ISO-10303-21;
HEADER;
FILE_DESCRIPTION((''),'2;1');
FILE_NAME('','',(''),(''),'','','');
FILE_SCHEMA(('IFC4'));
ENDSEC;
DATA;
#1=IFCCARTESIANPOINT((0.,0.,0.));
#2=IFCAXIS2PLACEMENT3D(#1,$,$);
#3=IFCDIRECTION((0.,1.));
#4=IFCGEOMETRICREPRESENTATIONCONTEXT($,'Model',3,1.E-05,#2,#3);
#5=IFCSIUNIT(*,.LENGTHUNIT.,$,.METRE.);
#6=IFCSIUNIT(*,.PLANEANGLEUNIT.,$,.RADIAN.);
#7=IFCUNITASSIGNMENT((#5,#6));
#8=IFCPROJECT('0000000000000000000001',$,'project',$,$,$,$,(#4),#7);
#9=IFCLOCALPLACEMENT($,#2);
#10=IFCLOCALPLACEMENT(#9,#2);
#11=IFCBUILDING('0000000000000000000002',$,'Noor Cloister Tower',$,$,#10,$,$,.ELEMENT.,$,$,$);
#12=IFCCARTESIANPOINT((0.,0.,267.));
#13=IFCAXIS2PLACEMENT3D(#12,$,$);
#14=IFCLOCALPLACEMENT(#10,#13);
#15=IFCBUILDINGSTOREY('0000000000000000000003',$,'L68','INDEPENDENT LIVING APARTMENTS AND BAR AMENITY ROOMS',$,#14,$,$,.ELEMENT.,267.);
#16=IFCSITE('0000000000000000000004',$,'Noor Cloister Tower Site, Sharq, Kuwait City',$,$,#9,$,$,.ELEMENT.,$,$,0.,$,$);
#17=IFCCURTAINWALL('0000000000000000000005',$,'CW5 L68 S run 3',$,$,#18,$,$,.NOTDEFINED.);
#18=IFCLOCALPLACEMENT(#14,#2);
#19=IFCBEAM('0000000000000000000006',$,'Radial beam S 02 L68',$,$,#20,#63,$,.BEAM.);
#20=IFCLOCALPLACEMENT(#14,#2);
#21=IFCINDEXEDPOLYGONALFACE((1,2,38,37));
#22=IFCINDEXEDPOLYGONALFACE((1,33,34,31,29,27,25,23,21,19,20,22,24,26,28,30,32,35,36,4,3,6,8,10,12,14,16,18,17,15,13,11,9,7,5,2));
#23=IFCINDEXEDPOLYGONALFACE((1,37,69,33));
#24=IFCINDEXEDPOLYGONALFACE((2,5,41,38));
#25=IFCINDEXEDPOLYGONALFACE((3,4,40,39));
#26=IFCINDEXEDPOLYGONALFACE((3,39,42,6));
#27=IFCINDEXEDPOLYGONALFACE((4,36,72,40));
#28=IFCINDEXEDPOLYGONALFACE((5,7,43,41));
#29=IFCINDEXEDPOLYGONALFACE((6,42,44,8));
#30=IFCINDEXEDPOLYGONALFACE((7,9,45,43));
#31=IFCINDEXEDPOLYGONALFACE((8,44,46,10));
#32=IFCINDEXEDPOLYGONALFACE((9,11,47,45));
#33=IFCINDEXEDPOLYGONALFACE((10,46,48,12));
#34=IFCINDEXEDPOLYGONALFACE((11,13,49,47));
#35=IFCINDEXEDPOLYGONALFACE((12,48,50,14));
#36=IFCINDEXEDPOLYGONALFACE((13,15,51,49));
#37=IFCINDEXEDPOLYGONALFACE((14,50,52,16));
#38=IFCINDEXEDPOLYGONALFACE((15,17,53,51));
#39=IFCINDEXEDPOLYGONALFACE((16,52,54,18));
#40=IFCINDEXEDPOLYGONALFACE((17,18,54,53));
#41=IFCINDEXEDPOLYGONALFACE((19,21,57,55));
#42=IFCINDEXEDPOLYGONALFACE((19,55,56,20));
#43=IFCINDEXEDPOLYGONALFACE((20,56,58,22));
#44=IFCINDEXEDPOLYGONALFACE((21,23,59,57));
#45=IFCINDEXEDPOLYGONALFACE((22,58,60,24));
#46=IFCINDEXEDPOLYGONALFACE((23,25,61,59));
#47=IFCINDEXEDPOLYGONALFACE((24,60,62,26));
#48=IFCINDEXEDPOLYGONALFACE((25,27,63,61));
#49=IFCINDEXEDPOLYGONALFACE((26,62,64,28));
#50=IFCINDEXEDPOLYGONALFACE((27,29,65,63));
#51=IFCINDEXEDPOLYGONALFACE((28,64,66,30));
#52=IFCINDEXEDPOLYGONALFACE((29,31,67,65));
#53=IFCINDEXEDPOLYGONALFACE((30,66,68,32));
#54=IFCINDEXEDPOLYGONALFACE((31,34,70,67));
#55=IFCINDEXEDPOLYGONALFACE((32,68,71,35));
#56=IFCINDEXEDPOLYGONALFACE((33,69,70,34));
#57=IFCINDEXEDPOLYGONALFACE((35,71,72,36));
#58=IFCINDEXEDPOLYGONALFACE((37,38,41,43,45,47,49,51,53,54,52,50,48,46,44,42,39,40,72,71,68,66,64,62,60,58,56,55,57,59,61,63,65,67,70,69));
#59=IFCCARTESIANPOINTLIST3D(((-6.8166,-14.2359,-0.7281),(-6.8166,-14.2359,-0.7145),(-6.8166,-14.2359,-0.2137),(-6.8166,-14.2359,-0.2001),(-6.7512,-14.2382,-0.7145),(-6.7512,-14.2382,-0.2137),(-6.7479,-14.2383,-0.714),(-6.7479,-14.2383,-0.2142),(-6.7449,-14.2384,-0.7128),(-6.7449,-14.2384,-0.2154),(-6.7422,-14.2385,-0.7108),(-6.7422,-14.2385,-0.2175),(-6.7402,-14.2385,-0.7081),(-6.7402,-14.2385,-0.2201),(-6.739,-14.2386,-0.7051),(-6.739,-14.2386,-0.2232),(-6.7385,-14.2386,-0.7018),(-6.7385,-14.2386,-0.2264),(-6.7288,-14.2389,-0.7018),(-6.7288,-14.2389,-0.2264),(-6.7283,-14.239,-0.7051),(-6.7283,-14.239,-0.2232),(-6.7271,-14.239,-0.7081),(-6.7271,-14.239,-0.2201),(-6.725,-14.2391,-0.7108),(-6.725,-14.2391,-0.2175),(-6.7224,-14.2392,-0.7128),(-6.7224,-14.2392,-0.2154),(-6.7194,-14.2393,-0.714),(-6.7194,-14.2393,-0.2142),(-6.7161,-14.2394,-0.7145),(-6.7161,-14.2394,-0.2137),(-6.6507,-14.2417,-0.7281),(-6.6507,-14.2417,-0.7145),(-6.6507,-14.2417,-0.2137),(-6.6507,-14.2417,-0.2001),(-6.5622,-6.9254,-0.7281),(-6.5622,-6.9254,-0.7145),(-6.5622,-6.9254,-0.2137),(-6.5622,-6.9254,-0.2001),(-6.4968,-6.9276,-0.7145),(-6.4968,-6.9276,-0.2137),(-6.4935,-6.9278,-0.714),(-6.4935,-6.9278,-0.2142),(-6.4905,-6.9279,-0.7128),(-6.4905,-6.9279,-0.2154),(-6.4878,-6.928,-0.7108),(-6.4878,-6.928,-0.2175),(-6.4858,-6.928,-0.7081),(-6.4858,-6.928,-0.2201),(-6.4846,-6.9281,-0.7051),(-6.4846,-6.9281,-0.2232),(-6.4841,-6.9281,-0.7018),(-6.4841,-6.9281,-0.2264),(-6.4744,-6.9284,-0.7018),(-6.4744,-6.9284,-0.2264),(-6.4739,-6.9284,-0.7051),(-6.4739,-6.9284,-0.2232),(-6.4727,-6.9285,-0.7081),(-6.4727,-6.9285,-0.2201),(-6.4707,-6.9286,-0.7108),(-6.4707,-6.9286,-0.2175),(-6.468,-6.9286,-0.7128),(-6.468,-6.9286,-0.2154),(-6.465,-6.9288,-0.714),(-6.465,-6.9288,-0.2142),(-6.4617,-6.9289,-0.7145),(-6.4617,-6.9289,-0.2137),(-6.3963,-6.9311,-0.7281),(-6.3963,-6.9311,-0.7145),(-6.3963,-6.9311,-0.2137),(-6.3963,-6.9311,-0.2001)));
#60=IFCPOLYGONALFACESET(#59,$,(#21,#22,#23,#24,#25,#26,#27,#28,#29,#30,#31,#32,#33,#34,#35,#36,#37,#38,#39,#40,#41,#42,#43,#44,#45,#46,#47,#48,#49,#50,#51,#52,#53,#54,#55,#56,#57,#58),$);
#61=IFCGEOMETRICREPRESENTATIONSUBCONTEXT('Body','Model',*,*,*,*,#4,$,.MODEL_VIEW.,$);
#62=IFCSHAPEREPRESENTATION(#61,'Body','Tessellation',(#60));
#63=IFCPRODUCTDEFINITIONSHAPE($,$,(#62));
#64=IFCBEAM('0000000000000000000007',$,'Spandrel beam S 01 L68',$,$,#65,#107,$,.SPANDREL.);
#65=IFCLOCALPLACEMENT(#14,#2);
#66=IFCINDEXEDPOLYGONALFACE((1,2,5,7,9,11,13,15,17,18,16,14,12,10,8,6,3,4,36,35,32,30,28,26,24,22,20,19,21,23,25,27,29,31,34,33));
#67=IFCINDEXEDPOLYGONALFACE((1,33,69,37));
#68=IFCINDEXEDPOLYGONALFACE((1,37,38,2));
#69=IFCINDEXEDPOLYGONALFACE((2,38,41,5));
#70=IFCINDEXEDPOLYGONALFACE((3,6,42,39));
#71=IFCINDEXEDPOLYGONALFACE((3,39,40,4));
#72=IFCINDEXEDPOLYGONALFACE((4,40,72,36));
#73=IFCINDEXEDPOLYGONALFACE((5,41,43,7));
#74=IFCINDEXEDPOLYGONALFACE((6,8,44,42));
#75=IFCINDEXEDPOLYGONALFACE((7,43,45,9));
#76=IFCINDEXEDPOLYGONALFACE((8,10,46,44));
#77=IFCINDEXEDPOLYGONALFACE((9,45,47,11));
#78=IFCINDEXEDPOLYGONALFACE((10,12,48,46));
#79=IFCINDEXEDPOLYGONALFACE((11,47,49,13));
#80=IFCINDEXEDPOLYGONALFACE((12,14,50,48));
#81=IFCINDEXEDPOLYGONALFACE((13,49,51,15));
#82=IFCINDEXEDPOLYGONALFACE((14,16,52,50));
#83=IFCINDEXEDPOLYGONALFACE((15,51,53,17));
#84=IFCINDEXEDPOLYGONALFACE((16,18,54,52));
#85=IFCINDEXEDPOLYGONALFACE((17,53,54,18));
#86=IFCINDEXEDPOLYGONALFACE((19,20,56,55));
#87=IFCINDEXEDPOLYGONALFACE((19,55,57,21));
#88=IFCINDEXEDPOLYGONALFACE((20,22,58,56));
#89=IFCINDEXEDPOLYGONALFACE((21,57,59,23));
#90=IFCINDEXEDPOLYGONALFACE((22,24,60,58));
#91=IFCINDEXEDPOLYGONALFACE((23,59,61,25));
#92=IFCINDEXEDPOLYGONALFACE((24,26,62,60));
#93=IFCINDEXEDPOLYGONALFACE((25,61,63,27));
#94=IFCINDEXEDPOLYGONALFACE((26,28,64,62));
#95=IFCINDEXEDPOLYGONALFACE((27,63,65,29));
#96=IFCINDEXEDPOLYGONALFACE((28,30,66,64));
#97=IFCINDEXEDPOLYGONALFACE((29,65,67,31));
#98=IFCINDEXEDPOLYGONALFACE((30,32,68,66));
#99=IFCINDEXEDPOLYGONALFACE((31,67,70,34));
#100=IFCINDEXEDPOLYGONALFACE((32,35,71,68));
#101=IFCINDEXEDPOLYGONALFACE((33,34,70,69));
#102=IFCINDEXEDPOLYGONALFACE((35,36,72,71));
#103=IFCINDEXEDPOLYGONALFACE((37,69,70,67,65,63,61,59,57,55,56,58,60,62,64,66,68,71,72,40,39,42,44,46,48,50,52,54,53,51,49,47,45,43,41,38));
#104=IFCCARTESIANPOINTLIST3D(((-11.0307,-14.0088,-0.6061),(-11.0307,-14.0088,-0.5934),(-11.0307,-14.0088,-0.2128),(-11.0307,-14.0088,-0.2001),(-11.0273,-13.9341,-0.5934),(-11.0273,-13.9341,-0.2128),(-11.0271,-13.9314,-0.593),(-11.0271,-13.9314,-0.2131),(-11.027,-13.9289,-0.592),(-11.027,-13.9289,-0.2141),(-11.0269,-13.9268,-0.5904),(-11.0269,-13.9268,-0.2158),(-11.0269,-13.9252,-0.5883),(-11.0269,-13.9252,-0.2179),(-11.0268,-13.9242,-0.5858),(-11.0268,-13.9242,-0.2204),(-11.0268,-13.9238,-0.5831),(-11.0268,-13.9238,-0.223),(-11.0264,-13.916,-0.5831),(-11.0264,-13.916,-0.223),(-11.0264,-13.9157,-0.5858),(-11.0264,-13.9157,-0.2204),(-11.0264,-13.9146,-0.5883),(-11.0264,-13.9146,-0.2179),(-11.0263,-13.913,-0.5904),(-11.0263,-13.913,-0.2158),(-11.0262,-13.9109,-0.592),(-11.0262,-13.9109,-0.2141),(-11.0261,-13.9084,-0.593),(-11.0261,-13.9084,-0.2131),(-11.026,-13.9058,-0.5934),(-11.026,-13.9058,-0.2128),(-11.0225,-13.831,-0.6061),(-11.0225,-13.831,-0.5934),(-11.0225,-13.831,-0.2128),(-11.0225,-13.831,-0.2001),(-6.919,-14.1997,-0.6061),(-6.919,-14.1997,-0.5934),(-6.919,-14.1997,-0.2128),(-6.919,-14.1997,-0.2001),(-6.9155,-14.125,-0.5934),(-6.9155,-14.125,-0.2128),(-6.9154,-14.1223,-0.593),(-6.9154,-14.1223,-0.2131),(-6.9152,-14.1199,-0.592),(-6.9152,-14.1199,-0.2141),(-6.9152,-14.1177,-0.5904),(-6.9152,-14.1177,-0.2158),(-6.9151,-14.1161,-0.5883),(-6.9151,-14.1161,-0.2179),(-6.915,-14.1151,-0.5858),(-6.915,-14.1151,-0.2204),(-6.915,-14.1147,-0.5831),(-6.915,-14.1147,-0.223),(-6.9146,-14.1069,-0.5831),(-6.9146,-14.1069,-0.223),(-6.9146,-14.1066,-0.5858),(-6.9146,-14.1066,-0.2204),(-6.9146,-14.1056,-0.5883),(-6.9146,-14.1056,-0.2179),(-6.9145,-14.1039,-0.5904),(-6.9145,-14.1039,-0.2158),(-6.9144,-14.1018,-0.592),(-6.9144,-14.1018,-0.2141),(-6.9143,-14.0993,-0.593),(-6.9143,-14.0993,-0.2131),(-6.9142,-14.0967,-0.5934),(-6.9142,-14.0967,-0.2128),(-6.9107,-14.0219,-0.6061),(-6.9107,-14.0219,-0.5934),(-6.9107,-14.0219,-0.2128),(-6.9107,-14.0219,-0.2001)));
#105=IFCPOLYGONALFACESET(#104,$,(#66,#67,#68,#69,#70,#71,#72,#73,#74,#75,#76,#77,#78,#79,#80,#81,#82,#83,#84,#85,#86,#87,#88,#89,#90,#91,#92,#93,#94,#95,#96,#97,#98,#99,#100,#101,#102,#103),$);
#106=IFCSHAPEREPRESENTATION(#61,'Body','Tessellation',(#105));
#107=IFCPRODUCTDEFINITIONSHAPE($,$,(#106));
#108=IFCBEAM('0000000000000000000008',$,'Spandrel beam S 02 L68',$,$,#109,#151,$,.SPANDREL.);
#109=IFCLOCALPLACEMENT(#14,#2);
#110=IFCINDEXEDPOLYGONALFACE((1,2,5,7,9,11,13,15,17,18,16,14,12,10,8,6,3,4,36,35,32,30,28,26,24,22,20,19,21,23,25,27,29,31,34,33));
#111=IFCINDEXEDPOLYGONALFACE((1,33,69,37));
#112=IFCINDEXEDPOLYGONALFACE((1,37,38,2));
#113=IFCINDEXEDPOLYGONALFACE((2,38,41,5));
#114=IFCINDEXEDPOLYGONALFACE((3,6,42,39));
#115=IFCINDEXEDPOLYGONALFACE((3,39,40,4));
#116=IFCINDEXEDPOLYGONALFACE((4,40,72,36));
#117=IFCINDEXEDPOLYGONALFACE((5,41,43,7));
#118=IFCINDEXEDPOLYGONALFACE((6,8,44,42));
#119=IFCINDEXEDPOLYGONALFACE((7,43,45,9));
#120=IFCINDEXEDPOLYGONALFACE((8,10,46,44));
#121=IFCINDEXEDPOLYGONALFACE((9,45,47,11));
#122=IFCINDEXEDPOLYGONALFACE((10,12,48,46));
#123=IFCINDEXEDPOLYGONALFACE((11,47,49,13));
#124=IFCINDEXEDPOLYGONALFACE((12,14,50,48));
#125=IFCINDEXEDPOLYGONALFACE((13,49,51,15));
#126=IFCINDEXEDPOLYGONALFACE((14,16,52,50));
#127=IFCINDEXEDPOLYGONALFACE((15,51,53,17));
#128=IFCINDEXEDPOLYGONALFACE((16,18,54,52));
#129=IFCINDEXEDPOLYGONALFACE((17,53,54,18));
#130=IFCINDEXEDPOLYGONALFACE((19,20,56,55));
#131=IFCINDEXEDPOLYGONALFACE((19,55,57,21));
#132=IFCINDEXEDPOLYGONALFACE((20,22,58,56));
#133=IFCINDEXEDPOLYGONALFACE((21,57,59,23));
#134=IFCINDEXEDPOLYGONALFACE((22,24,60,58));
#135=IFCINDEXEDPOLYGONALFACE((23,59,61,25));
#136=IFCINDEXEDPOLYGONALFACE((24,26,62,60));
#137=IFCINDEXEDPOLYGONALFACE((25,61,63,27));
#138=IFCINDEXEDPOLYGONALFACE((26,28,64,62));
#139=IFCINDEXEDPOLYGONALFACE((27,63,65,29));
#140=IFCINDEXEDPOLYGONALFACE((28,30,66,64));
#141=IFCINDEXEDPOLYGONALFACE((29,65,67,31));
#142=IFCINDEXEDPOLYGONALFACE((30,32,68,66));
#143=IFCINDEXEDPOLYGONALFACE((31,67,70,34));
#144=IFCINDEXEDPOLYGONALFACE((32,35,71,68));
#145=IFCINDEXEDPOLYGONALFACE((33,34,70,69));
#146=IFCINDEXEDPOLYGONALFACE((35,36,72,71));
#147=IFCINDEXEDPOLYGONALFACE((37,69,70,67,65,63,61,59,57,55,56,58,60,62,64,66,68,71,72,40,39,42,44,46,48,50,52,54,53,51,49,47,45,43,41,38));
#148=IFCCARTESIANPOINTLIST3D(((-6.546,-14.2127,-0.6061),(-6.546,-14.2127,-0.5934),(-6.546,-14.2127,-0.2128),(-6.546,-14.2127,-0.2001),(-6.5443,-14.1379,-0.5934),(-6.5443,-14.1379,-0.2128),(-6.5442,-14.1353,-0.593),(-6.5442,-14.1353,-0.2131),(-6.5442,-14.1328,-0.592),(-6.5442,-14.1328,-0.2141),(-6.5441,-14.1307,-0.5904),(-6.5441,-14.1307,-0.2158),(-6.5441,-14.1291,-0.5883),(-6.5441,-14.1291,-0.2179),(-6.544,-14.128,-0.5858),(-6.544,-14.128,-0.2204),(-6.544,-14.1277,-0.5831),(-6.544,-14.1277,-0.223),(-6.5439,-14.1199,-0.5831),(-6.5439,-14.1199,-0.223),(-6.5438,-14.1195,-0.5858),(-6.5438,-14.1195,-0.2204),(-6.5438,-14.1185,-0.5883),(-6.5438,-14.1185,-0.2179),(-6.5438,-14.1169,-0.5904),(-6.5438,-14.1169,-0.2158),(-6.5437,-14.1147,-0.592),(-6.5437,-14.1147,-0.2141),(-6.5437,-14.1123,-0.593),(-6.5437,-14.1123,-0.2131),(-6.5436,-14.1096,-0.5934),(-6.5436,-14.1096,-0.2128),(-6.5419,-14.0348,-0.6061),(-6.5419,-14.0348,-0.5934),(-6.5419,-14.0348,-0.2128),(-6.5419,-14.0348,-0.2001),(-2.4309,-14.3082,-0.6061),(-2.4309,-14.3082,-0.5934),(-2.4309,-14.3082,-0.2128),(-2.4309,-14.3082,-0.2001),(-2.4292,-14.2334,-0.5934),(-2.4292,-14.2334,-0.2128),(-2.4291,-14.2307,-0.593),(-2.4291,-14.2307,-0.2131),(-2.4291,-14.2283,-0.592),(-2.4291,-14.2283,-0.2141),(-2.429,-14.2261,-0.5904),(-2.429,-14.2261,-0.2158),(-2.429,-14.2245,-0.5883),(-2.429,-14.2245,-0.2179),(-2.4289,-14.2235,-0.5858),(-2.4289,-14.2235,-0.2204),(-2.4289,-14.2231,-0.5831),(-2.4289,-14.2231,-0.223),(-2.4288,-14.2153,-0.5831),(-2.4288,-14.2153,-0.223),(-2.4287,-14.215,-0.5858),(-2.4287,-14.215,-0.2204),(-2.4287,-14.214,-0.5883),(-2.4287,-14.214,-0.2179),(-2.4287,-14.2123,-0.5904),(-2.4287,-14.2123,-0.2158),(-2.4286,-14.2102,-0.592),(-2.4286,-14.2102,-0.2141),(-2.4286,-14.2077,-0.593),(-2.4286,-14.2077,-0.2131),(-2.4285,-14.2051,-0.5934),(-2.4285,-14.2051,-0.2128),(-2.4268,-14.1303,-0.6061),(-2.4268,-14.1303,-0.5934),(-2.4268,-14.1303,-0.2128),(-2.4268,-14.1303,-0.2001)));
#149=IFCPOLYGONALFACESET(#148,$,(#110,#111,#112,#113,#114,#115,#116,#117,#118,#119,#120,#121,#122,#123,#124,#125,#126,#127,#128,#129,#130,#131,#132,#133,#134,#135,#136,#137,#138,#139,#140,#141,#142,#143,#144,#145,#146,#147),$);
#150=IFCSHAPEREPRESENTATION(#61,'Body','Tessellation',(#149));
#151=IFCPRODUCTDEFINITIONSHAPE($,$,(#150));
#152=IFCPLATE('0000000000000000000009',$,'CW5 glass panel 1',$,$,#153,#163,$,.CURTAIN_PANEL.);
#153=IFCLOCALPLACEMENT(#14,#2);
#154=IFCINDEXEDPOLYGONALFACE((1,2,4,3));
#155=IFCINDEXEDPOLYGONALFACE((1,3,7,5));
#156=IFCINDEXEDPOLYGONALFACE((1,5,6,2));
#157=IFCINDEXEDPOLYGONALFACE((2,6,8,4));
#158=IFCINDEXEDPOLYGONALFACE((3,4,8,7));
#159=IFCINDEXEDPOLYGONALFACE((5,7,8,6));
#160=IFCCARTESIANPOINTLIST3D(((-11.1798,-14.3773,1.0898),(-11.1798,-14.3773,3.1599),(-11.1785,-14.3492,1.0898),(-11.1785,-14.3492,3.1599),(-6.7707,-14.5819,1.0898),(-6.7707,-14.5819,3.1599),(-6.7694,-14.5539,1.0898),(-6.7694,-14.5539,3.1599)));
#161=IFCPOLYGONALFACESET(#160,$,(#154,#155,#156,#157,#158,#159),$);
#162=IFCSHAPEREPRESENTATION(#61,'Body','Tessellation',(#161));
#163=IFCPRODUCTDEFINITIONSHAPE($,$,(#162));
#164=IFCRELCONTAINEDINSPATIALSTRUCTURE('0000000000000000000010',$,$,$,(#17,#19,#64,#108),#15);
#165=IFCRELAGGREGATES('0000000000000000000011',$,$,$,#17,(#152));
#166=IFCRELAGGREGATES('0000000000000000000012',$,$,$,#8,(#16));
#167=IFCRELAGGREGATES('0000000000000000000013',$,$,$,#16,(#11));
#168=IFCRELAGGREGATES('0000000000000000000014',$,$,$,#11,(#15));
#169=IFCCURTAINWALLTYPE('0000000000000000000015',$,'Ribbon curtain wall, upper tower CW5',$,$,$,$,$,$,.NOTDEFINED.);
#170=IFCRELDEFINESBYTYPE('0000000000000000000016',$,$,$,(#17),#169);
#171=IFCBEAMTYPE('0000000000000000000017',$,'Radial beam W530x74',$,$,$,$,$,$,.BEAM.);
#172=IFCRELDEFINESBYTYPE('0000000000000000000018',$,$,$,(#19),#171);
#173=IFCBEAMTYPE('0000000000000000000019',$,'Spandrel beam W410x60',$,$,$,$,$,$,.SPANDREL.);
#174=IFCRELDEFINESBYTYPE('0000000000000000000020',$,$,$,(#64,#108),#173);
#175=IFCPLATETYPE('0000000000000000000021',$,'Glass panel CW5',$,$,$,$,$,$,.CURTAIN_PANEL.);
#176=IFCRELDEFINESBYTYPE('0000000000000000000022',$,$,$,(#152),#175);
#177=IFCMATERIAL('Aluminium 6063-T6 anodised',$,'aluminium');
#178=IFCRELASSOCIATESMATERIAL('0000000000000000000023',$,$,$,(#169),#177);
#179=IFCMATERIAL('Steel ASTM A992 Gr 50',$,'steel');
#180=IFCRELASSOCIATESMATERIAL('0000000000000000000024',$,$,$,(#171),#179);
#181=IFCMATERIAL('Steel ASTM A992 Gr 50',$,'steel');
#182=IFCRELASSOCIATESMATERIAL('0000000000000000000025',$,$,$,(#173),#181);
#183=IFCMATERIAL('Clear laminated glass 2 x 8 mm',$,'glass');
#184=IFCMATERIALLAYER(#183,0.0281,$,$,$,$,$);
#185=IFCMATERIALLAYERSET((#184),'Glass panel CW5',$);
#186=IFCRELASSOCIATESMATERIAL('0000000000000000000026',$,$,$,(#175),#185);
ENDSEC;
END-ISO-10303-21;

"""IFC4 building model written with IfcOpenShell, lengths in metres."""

from ifc_helpers import new_model, si_unit, direction, frame, origin, origin_2d, place, context, subcontext, project, spatial, rectangle, i_section, extrude, material, layer, layer_set, material_profile, profile_set, type_object, element, aggregate, save


model = new_model("IFC4")

# Units and contexts
model_context = context("Model", 3, precision=1e-05, world=origin(), true_north=direction((0.0, 1.0)))
body_context = subcontext(model_context, "Body", "Model", "MODEL_VIEW")
ifc_project = project(units=[si_unit("LENGTHUNIT", "METRE"), si_unit("PLANEANGLEUNIT", "RADIAN")], contexts=[model_context])

# Site, building, storey
site_placement = place(None, origin())
site = spatial("IfcSite", under=ifc_project, at=site_placement, Name="Noor Cloister Tower Site, Sharq, Kuwait City", CompositionType="ELEMENT", RefElevation=0.0)
building_placement = place(site_placement, origin())
building = spatial("IfcBuilding", under=site, at=building_placement, Name="Noor Cloister Tower", CompositionType="ELEMENT")
storey_placement = place(building_placement, frame((0.0, 0.0, 267.0)))
storey = spatial("IfcBuildingStorey", under=building, at=storey_placement, Name="L68", Description="INDEPENDENT LIVING APARTMENTS AND BAR AMENITY ROOMS", CompositionType="ELEMENT", Elevation=267.0)

# Curtain wall
ifc_material_1 = material(Name="Aluminium 6063-T6 anodised", Category="aluminium")
curtain_wall_type = type_object("IfcCurtainWallType", Name="Ribbon curtain wall, upper tower CW5", PredefinedType="NOTDEFINED", material=ifc_material_1)
curtain_wall_placement = place(storey_placement, origin())
curtain_wall = element("IfcCurtainWall", 1, at=curtain_wall_placement, inside=storey, type_object=curtain_wall_type, Name="CW5 L68 S run 3", PredefinedType="NOTDEFINED")

# Beams
ifc_material_2 = material(Name="Steel ASTM A992 Gr 50", Category="steel")
ifc_material_profile_1 = material_profile(ifc_material_2, i_section(OverallWidth=0.166, OverallDepth=0.5281, WebThickness=0.0098, FlangeThickness=0.0137, FilletRadius=0.0127, at=origin_2d()), Name="W530x74")
ifc_profile_set_1 = profile_set([ifc_material_profile_1], Name="Steel ASTM A992 Gr 50")
beam_type_1 = type_object("IfcBeamType", Name="Radial beam W530x74", PredefinedType="BEAM", material=ifc_profile_set_1)
beam_1_placement = place(storey_placement, frame((-6.7336, -14.2388, -0.4641), z_axis=(0.034777, 0.999395, 0.0), x_axis=(-0.999395, 0.034777, 0.0)))
element("IfcBeam", 2, at=beam_1_placement, inside=storey, type_object=beam_type_1, Name="Radial beam S 02 L68", PredefinedType="BEAM", context=body_context, shape_type="SweptSolid", body=[
    extrude(i_section(OverallWidth=0.166, OverallDepth=0.5281, WebThickness=0.0098, FlangeThickness=0.0137, FilletRadius=0.0127, at=origin_2d()), origin(), (0.0, 0.0, 1.0), 7.3149),
])
ifc_material_3 = material(Name="Steel ASTM A992 Gr 50", Category="steel")
ifc_material_profile_2 = material_profile(ifc_material_3, i_section(OverallWidth=0.178, OverallDepth=0.406, WebThickness=0.0078, FlangeThickness=0.0127, FilletRadius=0.0103, at=origin_2d()), Name="W410x60")
ifc_profile_set_2 = profile_set([ifc_material_profile_2], Name="Steel ASTM A992 Gr 50")
beam_type_2 = type_object("IfcBeamType", Name="Spandrel beam W410x60", PredefinedType="SPANDREL", material=ifc_profile_set_2)
for number, where, z_axis, x_axis, name in (
    (3, (-11.0266, -13.9199, -0.4031), (0.998924, -0.046382, 0.0), (0.046382, 0.998924, 0.0), "Spandrel beam S 01 L68"),
    (4, (-6.5439, -14.1238, -0.4031), (0.999731, -0.023192, 0.0), (0.023192, 0.999731, 0.0), "Spandrel beam S 02 L68"),
):
    element("IfcBeam", number, at=place(storey_placement, frame(where, z_axis=z_axis, x_axis=x_axis)), inside=storey, type_object=beam_type_2, Name=name, PredefinedType="SPANDREL", context=body_context, shape_type="SweptSolid", body=[
        extrude(i_section(OverallWidth=0.178, OverallDepth=0.406, WebThickness=0.0078, FlangeThickness=0.0127, FilletRadius=0.0103, at=origin_2d()), origin(), (0.0, 0.0, 1.0), 4.1162),
    ])

# Plate
ifc_material_4 = material(Name="Clear laminated glass 2 x 8 mm", Category="glass")
ifc_layer_1 = layer(ifc_material_4, 0.0281)
ifc_layer_set_1 = layer_set([ifc_layer_1], Name="Glass panel CW5")
plate_type = type_object("IfcPlateType", Name="Glass panel CW5", PredefinedType="CURTAIN_PANEL", material=ifc_layer_set_1)
plate_placement = place(storey_placement, frame((-8.9746, -14.4656, 1.0898), z_axis=(0.0, 0.0, 1.0), x_axis=(0.998924, -0.046368, 0.0)))
plate = element("IfcPlate", 5, at=plate_placement, type_object=plate_type, Name="CW5 glass panel 1", PredefinedType="CURTAIN_PANEL", context=body_context, shape_type="SweptSolid", body=[
    extrude(rectangle(XDim=4.4138, YDim=0.0281, at=origin_2d()), origin(), (0.0, 0.0, 1.0), 2.0701),
])
aggregate(curtain_wall, [plate])

save(model, "model.ifc")
